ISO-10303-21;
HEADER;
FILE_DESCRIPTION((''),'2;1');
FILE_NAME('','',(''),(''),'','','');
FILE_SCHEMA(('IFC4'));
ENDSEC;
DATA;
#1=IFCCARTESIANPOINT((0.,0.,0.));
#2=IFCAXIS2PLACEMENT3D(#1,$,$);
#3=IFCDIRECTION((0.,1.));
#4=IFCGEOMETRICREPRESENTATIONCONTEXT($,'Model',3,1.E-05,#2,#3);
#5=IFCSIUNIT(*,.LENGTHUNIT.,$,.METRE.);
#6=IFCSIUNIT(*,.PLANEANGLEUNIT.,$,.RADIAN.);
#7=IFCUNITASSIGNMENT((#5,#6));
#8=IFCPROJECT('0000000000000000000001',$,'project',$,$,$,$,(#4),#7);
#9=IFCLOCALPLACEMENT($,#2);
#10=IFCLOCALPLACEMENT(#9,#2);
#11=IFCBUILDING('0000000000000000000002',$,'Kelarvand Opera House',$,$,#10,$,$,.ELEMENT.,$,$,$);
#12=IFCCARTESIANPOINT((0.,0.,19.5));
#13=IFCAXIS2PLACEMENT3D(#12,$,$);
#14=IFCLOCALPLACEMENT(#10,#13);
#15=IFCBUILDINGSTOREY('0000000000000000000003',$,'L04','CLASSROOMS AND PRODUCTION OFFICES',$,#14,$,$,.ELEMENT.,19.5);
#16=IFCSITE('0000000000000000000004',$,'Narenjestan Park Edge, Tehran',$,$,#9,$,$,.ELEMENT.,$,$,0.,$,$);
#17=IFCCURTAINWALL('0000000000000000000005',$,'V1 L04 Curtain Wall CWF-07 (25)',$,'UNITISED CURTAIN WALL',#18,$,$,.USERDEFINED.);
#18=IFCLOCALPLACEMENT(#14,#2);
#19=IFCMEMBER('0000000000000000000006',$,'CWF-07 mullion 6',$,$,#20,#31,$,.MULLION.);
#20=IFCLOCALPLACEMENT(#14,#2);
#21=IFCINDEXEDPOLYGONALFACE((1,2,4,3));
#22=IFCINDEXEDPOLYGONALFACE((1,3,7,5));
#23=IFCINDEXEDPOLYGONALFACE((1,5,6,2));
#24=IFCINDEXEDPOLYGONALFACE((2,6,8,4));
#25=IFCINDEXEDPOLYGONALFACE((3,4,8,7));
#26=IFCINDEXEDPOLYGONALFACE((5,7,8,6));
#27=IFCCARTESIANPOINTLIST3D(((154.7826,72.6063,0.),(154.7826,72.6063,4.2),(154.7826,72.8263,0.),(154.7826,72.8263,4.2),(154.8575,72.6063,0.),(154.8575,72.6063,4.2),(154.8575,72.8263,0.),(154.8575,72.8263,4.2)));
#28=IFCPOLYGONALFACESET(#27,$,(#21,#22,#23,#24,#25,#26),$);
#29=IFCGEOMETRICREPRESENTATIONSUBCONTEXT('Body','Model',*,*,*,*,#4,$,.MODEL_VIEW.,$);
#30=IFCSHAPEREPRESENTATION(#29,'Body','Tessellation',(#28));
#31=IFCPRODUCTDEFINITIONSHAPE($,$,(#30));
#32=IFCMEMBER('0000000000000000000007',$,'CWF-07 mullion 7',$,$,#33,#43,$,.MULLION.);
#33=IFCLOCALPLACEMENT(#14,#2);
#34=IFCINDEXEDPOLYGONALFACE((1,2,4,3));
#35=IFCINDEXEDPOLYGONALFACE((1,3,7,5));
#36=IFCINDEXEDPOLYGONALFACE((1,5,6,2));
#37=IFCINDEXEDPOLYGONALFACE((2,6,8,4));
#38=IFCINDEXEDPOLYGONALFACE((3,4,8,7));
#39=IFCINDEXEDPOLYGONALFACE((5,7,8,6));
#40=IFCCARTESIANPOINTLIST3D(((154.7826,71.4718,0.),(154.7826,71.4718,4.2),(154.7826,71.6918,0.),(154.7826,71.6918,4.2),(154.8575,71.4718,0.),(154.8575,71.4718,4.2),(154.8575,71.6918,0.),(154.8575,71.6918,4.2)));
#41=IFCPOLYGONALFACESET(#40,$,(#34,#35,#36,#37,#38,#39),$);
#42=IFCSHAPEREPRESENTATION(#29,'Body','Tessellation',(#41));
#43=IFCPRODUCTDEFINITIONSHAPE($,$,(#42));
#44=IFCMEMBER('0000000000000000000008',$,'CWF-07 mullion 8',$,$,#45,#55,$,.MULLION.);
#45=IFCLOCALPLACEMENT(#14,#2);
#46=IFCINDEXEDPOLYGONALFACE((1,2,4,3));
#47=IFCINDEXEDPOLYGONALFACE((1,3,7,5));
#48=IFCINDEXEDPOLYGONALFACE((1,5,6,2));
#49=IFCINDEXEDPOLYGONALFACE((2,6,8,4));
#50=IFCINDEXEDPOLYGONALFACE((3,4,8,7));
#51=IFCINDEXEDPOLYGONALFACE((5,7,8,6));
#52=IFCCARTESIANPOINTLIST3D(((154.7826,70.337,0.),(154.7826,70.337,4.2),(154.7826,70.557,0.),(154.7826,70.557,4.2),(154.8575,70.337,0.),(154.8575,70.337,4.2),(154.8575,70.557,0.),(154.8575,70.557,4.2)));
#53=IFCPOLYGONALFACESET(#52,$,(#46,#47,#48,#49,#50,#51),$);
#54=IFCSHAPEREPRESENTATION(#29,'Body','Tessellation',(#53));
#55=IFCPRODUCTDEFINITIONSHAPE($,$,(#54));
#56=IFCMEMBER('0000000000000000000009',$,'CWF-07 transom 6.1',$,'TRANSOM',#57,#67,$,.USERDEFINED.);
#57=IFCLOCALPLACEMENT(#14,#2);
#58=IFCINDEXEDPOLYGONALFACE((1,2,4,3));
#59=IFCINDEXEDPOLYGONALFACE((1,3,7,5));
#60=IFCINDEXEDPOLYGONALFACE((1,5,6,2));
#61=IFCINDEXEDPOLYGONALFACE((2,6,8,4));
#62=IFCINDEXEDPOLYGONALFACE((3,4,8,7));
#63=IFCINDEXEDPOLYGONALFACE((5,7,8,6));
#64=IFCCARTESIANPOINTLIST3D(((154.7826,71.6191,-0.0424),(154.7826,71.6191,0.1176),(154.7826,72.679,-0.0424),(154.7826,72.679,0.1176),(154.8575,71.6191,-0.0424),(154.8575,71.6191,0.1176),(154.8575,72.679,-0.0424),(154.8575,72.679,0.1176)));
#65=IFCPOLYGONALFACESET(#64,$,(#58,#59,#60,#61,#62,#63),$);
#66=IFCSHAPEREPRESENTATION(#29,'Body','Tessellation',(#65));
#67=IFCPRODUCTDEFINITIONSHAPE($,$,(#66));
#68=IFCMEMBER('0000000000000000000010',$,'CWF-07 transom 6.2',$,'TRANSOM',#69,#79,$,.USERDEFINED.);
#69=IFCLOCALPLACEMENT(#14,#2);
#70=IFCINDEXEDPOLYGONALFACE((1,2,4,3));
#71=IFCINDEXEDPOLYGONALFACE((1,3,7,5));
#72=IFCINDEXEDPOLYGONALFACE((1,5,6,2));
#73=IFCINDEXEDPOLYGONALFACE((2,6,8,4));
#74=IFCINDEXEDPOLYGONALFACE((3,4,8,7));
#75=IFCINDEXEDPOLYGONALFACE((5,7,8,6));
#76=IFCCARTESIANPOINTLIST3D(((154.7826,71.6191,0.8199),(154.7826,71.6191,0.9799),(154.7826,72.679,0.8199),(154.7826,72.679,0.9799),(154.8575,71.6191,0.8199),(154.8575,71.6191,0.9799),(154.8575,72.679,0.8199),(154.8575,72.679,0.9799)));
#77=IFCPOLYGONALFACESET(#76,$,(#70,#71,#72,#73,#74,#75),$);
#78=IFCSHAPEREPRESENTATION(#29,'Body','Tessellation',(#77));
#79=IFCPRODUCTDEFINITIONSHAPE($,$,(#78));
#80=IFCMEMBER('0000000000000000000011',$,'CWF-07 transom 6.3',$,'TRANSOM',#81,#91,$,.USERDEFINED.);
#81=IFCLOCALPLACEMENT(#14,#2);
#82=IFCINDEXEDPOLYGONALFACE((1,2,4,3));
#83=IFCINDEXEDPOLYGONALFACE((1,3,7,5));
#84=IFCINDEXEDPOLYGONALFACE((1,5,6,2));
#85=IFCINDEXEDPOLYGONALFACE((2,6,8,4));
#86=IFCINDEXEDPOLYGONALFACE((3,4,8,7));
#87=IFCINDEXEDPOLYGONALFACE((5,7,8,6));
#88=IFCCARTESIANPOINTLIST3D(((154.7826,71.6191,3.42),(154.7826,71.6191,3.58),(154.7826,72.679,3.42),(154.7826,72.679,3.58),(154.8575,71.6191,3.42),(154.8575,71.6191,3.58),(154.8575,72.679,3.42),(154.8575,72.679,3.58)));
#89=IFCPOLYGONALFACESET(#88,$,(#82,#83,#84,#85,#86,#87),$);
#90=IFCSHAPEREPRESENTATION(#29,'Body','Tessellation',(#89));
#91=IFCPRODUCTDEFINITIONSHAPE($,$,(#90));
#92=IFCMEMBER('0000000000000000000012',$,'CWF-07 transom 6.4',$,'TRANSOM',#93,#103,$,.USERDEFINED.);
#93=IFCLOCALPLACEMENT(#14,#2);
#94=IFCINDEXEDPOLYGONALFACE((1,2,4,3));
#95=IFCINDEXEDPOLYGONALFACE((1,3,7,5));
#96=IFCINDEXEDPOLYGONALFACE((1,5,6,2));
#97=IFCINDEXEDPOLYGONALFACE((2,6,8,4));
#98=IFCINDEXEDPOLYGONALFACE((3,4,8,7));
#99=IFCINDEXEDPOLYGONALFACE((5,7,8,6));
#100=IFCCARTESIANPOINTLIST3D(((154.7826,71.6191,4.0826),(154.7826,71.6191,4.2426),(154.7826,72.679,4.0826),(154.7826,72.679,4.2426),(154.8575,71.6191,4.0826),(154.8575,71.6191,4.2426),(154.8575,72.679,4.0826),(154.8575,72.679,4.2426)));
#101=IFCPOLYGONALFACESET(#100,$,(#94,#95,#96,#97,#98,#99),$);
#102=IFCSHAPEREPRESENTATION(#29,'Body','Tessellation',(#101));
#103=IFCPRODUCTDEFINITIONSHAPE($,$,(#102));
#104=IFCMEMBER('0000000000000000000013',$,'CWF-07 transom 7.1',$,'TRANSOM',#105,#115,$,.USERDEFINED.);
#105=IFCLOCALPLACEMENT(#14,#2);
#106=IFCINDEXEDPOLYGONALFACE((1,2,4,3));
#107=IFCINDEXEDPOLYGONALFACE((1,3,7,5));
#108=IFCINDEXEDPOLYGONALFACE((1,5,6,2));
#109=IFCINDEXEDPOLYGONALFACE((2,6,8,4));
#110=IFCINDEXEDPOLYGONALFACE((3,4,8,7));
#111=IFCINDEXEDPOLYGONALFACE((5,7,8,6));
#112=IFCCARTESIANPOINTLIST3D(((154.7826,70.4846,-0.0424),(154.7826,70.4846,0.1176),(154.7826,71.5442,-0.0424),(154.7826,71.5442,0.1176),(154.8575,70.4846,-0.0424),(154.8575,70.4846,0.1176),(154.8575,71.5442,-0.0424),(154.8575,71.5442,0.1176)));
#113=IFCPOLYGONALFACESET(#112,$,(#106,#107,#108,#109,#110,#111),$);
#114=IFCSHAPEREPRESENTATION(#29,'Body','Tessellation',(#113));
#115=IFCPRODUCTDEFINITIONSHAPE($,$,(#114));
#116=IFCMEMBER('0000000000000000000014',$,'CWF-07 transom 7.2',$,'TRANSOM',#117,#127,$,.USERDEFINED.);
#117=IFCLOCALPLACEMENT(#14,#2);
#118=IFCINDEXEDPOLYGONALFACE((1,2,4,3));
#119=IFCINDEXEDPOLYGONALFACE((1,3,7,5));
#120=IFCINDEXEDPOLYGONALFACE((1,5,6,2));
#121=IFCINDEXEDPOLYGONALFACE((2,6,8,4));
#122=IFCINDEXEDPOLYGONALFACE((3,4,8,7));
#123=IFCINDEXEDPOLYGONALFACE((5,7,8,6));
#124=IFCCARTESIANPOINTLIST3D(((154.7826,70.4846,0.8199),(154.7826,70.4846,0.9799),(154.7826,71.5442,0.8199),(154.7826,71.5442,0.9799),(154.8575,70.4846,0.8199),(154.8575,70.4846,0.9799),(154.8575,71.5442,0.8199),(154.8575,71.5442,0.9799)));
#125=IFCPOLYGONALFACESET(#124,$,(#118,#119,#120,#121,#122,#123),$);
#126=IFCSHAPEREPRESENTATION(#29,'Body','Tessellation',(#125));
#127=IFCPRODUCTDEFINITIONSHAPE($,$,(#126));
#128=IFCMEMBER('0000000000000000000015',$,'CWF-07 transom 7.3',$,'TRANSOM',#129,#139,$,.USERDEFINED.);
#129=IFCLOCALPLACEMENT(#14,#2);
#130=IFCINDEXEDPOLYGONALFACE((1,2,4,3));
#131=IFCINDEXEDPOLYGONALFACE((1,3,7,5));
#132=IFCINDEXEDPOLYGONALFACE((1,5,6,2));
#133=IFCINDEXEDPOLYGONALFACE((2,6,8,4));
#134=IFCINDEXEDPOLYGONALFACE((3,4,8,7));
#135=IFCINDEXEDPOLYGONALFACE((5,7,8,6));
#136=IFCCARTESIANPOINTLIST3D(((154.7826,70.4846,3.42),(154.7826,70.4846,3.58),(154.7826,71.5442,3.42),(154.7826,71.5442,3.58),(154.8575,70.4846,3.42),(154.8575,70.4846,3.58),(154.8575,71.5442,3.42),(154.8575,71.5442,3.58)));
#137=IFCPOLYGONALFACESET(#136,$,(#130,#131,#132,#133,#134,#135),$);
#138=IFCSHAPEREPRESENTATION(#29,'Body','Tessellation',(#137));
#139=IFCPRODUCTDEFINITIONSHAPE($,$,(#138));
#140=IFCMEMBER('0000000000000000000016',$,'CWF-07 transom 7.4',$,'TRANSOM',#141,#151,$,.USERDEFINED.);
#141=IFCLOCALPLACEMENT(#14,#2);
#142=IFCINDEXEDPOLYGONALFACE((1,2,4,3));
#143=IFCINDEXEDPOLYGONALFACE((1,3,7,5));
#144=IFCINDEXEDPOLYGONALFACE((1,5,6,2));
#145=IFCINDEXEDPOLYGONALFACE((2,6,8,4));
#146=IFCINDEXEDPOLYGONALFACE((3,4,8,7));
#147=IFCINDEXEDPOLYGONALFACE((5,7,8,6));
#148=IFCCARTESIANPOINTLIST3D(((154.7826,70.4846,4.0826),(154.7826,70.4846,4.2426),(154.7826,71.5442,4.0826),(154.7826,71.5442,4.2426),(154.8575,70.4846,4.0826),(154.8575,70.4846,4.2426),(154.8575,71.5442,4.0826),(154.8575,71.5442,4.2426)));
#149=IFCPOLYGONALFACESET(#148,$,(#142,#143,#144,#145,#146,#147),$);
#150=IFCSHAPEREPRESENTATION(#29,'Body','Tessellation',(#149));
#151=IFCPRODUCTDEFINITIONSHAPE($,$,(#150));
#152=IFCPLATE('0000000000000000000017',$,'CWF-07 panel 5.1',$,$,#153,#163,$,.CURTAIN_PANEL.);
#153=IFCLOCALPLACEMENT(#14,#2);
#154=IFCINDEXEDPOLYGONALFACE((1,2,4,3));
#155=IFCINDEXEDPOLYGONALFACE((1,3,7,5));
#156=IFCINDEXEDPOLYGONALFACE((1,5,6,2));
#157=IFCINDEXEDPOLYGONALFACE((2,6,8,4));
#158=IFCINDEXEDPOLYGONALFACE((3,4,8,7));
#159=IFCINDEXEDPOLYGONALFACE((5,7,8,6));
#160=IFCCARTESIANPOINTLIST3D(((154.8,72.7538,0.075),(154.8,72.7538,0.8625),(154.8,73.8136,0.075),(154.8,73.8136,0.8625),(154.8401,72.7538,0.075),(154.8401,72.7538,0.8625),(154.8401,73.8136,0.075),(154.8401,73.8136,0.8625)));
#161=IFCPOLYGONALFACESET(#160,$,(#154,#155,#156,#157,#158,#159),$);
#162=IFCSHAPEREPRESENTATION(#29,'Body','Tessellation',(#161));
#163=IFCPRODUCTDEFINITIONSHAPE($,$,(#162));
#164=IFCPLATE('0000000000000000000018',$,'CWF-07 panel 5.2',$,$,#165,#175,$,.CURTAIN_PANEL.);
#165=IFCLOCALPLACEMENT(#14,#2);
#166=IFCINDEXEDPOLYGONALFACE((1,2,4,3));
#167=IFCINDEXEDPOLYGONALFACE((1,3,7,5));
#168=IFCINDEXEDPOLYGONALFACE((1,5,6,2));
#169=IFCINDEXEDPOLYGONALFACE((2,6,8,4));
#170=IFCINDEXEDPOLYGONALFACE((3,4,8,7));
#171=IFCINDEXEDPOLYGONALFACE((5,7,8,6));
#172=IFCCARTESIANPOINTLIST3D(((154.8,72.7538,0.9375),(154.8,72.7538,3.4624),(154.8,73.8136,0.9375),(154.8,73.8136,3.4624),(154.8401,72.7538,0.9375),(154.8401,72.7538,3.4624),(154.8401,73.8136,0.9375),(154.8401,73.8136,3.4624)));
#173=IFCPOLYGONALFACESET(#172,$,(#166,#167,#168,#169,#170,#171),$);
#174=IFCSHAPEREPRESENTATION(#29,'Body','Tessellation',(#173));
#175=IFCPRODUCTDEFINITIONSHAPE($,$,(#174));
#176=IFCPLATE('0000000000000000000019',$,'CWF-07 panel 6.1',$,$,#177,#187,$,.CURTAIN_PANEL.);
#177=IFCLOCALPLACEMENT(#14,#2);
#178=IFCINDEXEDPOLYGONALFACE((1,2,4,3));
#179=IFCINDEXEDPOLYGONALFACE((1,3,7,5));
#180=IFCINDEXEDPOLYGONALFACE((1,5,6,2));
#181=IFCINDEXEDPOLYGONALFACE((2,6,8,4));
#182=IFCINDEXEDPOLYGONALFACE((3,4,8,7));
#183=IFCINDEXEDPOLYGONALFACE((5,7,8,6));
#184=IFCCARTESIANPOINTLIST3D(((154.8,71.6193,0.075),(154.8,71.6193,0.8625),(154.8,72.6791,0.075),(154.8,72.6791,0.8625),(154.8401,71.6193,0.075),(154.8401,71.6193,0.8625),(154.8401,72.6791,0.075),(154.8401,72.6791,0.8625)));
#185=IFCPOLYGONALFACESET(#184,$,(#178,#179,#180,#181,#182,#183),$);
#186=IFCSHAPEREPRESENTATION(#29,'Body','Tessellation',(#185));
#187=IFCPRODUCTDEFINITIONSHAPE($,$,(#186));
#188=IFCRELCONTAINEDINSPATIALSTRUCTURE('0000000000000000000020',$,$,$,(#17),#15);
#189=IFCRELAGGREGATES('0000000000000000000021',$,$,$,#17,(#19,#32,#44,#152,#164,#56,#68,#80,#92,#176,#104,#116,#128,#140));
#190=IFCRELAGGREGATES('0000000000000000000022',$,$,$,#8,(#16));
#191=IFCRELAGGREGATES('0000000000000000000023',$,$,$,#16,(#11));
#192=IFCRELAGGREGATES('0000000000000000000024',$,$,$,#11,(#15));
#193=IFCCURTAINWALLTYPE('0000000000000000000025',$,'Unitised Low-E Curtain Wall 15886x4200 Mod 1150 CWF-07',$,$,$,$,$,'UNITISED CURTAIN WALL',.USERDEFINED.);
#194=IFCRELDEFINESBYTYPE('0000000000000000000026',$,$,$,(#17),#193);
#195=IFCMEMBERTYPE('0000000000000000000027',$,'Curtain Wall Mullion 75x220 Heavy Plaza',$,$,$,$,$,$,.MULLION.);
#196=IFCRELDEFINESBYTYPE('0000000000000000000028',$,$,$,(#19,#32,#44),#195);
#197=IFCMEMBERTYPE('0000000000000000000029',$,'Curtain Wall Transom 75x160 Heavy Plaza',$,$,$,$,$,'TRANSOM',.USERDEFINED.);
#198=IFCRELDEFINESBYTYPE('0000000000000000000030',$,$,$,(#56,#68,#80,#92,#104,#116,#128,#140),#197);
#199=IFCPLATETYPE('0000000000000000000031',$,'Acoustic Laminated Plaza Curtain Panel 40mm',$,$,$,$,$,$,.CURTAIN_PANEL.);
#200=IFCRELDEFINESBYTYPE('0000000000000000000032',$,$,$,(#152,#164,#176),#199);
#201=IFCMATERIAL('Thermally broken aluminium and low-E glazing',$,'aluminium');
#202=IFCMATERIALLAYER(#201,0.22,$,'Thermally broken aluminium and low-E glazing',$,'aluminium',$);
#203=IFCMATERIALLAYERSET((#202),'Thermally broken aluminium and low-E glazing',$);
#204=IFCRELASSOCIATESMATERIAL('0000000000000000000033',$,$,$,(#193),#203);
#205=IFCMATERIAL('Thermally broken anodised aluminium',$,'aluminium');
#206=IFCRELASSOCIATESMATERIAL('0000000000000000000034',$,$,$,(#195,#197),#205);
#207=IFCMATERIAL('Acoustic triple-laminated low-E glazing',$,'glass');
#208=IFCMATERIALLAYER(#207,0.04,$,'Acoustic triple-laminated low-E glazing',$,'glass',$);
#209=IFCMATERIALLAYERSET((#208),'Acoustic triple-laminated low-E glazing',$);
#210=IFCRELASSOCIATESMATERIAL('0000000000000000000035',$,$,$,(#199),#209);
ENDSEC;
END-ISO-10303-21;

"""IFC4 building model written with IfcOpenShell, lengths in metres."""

from ifc_helpers import new_model, si_unit, direction, frame, origin, origin_2d, place, context, subcontext, project, spatial, rectangle, extrude, material, layer, layer_set, material_profile, profile_set, type_object, element, aggregate, save


model = new_model("IFC4")

# Units and contexts
model_context = context("Model", 3, precision=1e-05, world=origin(), true_north=direction((0.0, 1.0)))
body_context = subcontext(model_context, "Body", "Model", "MODEL_VIEW")
ifc_project = project(units=[si_unit("LENGTHUNIT", "METRE"), si_unit("PLANEANGLEUNIT", "RADIAN")], contexts=[model_context])

# Site, building, storey
site_placement = place(None, origin())
site = spatial("IfcSite", under=ifc_project, at=site_placement, Name="Narenjestan Park Edge, Tehran", CompositionType="ELEMENT", RefElevation=0.0)
building_placement = place(site_placement, origin())
building = spatial("IfcBuilding", under=site, at=building_placement, Name="Kelarvand Opera House", CompositionType="ELEMENT")
storey_placement = place(building_placement, frame((0.0, 0.0, 19.5)))
storey = spatial("IfcBuildingStorey", under=building, at=storey_placement, Name="L04", Description="CLASSROOMS AND PRODUCTION OFFICES", CompositionType="ELEMENT", Elevation=19.5)

# Curtain wall, members, plates
ifc_material_1 = material(Name="Thermally broken aluminium and low-E glazing", Category="aluminium")
ifc_layer_1 = layer(ifc_material_1, 0.22, Name="Thermally broken aluminium and low-E glazing", Category="aluminium")
ifc_layer_set_1 = layer_set([ifc_layer_1], Name="Thermally broken aluminium and low-E glazing")
curtain_wall_type = type_object("IfcCurtainWallType", Name="Unitised Low-E Curtain Wall 15886x4200 Mod 1150 CWF-07", ElementType="UNITISED CURTAIN WALL", PredefinedType="USERDEFINED", material=ifc_layer_set_1)
curtain_wall_placement = place(storey_placement, origin())
curtain_wall = element("IfcCurtainWall", 1, at=curtain_wall_placement, inside=storey, type_object=curtain_wall_type, Name="V1 L04 Curtain Wall CWF-07 (25)", ObjectType="UNITISED CURTAIN WALL", PredefinedType="USERDEFINED")
ifc_material_2 = material(Name="Thermally broken anodised aluminium", Category="aluminium")
ifc_material_profile_1 = material_profile(ifc_material_2, rectangle(XDim=0.075, YDim=0.22, at=origin_2d()), Name="ALU MULLION 75x220", Category="aluminium")
ifc_profile_set_1 = profile_set([ifc_material_profile_1], Name="Thermally broken anodised aluminium")
member_type_1 = type_object("IfcMemberType", Name="Curtain Wall Mullion 75x220 Heavy Plaza", PredefinedType="MULLION", material=ifc_profile_set_1)
member_1_placement = place(storey_placement, frame((154.8201, 72.7163, 0.0), z_axis=(0.0, 0.0, 1.0), x_axis=(1.0, 0.0, 0.0)))
member_1 = element("IfcMember", 2, at=member_1_placement, type_object=member_type_1, Name="CWF-07 mullion 6", PredefinedType="MULLION", context=body_context, shape_type="SweptSolid", body=[
    extrude(rectangle(XDim=0.075, YDim=0.22, at=origin_2d()), origin(), (0.0, 0.0, 1.0), 4.2),
])
member_2_placement = place(storey_placement, frame((154.8201, 71.5818, 0.0), z_axis=(0.0, 0.0, 1.0), x_axis=(1.0, 0.0, 0.0)))
member_2 = element("IfcMember", 3, at=member_2_placement, type_object=member_type_1, Name="CWF-07 mullion 7", PredefinedType="MULLION", context=body_context, shape_type="SweptSolid", body=[
    extrude(rectangle(XDim=0.075, YDim=0.22, at=origin_2d()), origin(), (0.0, 0.0, 1.0), 4.2),
])
member_3_placement = place(storey_placement, frame((154.8201, 70.447, 0.0), z_axis=(0.0, 0.0, 1.0), x_axis=(1.0, 0.0, 0.0)))
member_3 = element("IfcMember", 4, at=member_3_placement, type_object=member_type_1, Name="CWF-07 mullion 8", PredefinedType="MULLION", context=body_context, shape_type="SweptSolid", body=[
    extrude(rectangle(XDim=0.075, YDim=0.22, at=origin_2d()), origin(), (0.0, 0.0, 1.0), 4.2),
])
ifc_material_profile_2 = material_profile(ifc_material_2, rectangle(XDim=0.075, YDim=0.1599, at=origin_2d()), Name="ALU TRANSOM 75x160", Category="aluminium")
ifc_profile_set_2 = profile_set([ifc_material_profile_2], Name="Thermally broken anodised aluminium")
member_type_2 = type_object("IfcMemberType", Name="Curtain Wall Transom 75x160 Heavy Plaza", ElementType="TRANSOM", PredefinedType="USERDEFINED", material=ifc_profile_set_2)
member_4_placement = place(storey_placement, frame((154.8201, 72.679, 0.0376), z_axis=(0.0, -1.0, 0.0), x_axis=(1.0, 0.0, 0.0)))
member_4 = element("IfcMember", 5, at=member_4_placement, type_object=member_type_2, Name="CWF-07 transom 6.1", ObjectType="TRANSOM", PredefinedType="USERDEFINED", context=body_context, shape_type="SweptSolid", body=[
    extrude(rectangle(XDim=0.075, YDim=0.1599, at=origin_2d()), origin(), (0.0, 0.0, 1.0), 1.0598),
])
member_5_placement = place(storey_placement, frame((154.8201, 72.679, 0.8999), z_axis=(0.0, -1.0, 0.0), x_axis=(1.0, 0.0, 0.0)))
member_5 = element("IfcMember", 6, at=member_5_placement, type_object=member_type_2, Name="CWF-07 transom 6.2", ObjectType="TRANSOM", PredefinedType="USERDEFINED", context=body_context, shape_type="SweptSolid", body=[
    extrude(rectangle(XDim=0.075, YDim=0.1599, at=origin_2d()), origin(), (0.0, 0.0, 1.0), 1.0598),
])
member_6_placement = place(storey_placement, frame((154.8201, 72.679, 3.5), z_axis=(0.0, -1.0, 0.0), x_axis=(1.0, 0.0, 0.0)))
member_6 = element("IfcMember", 7, at=member_6_placement, type_object=member_type_2, Name="CWF-07 transom 6.3", ObjectType="TRANSOM", PredefinedType="USERDEFINED", context=body_context, shape_type="SweptSolid", body=[
    extrude(rectangle(XDim=0.075, YDim=0.1599, at=origin_2d()), origin(), (0.0, 0.0, 1.0), 1.0598),
])
member_7_placement = place(storey_placement, frame((154.8201, 72.679, 4.1626), z_axis=(0.0, -1.0, 0.0), x_axis=(1.0, 0.0, 0.0)))
member_7 = element("IfcMember", 8, at=member_7_placement, type_object=member_type_2, Name="CWF-07 transom 6.4", ObjectType="TRANSOM", PredefinedType="USERDEFINED", context=body_context, shape_type="SweptSolid", body=[
    extrude(rectangle(XDim=0.075, YDim=0.1599, at=origin_2d()), origin(), (0.0, 0.0, 1.0), 1.0598),
])
member_8_placement = place(storey_placement, frame((154.8201, 71.5442, 0.0376), z_axis=(0.0, -1.0, 0.0), x_axis=(1.0, 0.0, 0.0)))
member_8 = element("IfcMember", 9, at=member_8_placement, type_object=member_type_2, Name="CWF-07 transom 7.1", ObjectType="TRANSOM", PredefinedType="USERDEFINED", context=body_context, shape_type="SweptSolid", body=[
    extrude(rectangle(XDim=0.075, YDim=0.1599, at=origin_2d()), origin(), (0.0, 0.0, 1.0), 1.0596),
])
member_9_placement = place(storey_placement, frame((154.8201, 71.5442, 0.8999), z_axis=(0.0, -1.0, 0.0), x_axis=(1.0, 0.0, 0.0)))
member_9 = element("IfcMember", 10, at=member_9_placement, type_object=member_type_2, Name="CWF-07 transom 7.2", ObjectType="TRANSOM", PredefinedType="USERDEFINED", context=body_context, shape_type="SweptSolid", body=[
    extrude(rectangle(XDim=0.075, YDim=0.1599, at=origin_2d()), origin(), (0.0, 0.0, 1.0), 1.0596),
])
member_10_placement = place(storey_placement, frame((154.8201, 71.5442, 3.5), z_axis=(0.0, -1.0, 0.0), x_axis=(1.0, 0.0, 0.0)))
member_10 = element("IfcMember", 11, at=member_10_placement, type_object=member_type_2, Name="CWF-07 transom 7.3", ObjectType="TRANSOM", PredefinedType="USERDEFINED", context=body_context, shape_type="SweptSolid", body=[
    extrude(rectangle(XDim=0.075, YDim=0.1599, at=origin_2d()), origin(), (0.0, 0.0, 1.0), 1.0596),
])
member_11_placement = place(storey_placement, frame((154.8201, 71.5442, 4.1626), z_axis=(0.0, -1.0, 0.0), x_axis=(1.0, 0.0, 0.0)))
member_11 = element("IfcMember", 12, at=member_11_placement, type_object=member_type_2, Name="CWF-07 transom 7.4", ObjectType="TRANSOM", PredefinedType="USERDEFINED", context=body_context, shape_type="SweptSolid", body=[
    extrude(rectangle(XDim=0.075, YDim=0.1599, at=origin_2d()), origin(), (0.0, 0.0, 1.0), 1.0596),
])
ifc_material_3 = material(Name="Acoustic triple-laminated low-E glazing", Category="glass")
ifc_layer_2 = layer(ifc_material_3, 0.04, Name="Acoustic triple-laminated low-E glazing", Category="glass")
ifc_layer_set_2 = layer_set([ifc_layer_2], Name="Acoustic triple-laminated low-E glazing")
plate_type = type_object("IfcPlateType", Name="Acoustic Laminated Plaza Curtain Panel 40mm", PredefinedType="CURTAIN_PANEL", material=ifc_layer_set_2)
plate_1_placement = place(storey_placement, frame((154.8201, 73.2837, 0.075), z_axis=(0.0, 0.0, 1.0), x_axis=(0.0, -1.0, 0.0)))
plate_1 = element("IfcPlate", 13, at=plate_1_placement, type_object=plate_type, Name="CWF-07 panel 5.1", PredefinedType="CURTAIN_PANEL", context=body_context, shape_type="SweptSolid", body=[
    extrude(rectangle(XDim=1.0598, YDim=0.04, at=origin_2d()), origin(), (0.0, 0.0, 1.0), 0.7876),
])
plate_2_placement = place(storey_placement, frame((154.8201, 73.2837, 0.9375), z_axis=(0.0, 0.0, 1.0), x_axis=(0.0, -1.0, 0.0)))
plate_2 = element("IfcPlate", 14, at=plate_2_placement, type_object=plate_type, Name="CWF-07 panel 5.2", PredefinedType="CURTAIN_PANEL", context=body_context, shape_type="SweptSolid", body=[
    extrude(rectangle(XDim=1.0598, YDim=0.04, at=origin_2d()), origin(), (0.0, 0.0, 1.0), 2.5249),
])
plate_3_placement = place(storey_placement, frame((154.8201, 72.1492, 0.075), z_axis=(0.0, 0.0, 1.0), x_axis=(0.0, -1.0, 0.0)))
plate_3 = element("IfcPlate", 15, at=plate_3_placement, type_object=plate_type, Name="CWF-07 panel 6.1", PredefinedType="CURTAIN_PANEL", context=body_context, shape_type="SweptSolid", body=[
    extrude(rectangle(XDim=1.0598, YDim=0.04, at=origin_2d()), origin(), (0.0, 0.0, 1.0), 0.7876),
])
aggregate(curtain_wall, [member_1, member_2, member_3, plate_1, plate_2, member_4, member_5, member_6, member_7, plate_3, member_8, member_9, member_10, member_11])

save(model, "model.ifc")
